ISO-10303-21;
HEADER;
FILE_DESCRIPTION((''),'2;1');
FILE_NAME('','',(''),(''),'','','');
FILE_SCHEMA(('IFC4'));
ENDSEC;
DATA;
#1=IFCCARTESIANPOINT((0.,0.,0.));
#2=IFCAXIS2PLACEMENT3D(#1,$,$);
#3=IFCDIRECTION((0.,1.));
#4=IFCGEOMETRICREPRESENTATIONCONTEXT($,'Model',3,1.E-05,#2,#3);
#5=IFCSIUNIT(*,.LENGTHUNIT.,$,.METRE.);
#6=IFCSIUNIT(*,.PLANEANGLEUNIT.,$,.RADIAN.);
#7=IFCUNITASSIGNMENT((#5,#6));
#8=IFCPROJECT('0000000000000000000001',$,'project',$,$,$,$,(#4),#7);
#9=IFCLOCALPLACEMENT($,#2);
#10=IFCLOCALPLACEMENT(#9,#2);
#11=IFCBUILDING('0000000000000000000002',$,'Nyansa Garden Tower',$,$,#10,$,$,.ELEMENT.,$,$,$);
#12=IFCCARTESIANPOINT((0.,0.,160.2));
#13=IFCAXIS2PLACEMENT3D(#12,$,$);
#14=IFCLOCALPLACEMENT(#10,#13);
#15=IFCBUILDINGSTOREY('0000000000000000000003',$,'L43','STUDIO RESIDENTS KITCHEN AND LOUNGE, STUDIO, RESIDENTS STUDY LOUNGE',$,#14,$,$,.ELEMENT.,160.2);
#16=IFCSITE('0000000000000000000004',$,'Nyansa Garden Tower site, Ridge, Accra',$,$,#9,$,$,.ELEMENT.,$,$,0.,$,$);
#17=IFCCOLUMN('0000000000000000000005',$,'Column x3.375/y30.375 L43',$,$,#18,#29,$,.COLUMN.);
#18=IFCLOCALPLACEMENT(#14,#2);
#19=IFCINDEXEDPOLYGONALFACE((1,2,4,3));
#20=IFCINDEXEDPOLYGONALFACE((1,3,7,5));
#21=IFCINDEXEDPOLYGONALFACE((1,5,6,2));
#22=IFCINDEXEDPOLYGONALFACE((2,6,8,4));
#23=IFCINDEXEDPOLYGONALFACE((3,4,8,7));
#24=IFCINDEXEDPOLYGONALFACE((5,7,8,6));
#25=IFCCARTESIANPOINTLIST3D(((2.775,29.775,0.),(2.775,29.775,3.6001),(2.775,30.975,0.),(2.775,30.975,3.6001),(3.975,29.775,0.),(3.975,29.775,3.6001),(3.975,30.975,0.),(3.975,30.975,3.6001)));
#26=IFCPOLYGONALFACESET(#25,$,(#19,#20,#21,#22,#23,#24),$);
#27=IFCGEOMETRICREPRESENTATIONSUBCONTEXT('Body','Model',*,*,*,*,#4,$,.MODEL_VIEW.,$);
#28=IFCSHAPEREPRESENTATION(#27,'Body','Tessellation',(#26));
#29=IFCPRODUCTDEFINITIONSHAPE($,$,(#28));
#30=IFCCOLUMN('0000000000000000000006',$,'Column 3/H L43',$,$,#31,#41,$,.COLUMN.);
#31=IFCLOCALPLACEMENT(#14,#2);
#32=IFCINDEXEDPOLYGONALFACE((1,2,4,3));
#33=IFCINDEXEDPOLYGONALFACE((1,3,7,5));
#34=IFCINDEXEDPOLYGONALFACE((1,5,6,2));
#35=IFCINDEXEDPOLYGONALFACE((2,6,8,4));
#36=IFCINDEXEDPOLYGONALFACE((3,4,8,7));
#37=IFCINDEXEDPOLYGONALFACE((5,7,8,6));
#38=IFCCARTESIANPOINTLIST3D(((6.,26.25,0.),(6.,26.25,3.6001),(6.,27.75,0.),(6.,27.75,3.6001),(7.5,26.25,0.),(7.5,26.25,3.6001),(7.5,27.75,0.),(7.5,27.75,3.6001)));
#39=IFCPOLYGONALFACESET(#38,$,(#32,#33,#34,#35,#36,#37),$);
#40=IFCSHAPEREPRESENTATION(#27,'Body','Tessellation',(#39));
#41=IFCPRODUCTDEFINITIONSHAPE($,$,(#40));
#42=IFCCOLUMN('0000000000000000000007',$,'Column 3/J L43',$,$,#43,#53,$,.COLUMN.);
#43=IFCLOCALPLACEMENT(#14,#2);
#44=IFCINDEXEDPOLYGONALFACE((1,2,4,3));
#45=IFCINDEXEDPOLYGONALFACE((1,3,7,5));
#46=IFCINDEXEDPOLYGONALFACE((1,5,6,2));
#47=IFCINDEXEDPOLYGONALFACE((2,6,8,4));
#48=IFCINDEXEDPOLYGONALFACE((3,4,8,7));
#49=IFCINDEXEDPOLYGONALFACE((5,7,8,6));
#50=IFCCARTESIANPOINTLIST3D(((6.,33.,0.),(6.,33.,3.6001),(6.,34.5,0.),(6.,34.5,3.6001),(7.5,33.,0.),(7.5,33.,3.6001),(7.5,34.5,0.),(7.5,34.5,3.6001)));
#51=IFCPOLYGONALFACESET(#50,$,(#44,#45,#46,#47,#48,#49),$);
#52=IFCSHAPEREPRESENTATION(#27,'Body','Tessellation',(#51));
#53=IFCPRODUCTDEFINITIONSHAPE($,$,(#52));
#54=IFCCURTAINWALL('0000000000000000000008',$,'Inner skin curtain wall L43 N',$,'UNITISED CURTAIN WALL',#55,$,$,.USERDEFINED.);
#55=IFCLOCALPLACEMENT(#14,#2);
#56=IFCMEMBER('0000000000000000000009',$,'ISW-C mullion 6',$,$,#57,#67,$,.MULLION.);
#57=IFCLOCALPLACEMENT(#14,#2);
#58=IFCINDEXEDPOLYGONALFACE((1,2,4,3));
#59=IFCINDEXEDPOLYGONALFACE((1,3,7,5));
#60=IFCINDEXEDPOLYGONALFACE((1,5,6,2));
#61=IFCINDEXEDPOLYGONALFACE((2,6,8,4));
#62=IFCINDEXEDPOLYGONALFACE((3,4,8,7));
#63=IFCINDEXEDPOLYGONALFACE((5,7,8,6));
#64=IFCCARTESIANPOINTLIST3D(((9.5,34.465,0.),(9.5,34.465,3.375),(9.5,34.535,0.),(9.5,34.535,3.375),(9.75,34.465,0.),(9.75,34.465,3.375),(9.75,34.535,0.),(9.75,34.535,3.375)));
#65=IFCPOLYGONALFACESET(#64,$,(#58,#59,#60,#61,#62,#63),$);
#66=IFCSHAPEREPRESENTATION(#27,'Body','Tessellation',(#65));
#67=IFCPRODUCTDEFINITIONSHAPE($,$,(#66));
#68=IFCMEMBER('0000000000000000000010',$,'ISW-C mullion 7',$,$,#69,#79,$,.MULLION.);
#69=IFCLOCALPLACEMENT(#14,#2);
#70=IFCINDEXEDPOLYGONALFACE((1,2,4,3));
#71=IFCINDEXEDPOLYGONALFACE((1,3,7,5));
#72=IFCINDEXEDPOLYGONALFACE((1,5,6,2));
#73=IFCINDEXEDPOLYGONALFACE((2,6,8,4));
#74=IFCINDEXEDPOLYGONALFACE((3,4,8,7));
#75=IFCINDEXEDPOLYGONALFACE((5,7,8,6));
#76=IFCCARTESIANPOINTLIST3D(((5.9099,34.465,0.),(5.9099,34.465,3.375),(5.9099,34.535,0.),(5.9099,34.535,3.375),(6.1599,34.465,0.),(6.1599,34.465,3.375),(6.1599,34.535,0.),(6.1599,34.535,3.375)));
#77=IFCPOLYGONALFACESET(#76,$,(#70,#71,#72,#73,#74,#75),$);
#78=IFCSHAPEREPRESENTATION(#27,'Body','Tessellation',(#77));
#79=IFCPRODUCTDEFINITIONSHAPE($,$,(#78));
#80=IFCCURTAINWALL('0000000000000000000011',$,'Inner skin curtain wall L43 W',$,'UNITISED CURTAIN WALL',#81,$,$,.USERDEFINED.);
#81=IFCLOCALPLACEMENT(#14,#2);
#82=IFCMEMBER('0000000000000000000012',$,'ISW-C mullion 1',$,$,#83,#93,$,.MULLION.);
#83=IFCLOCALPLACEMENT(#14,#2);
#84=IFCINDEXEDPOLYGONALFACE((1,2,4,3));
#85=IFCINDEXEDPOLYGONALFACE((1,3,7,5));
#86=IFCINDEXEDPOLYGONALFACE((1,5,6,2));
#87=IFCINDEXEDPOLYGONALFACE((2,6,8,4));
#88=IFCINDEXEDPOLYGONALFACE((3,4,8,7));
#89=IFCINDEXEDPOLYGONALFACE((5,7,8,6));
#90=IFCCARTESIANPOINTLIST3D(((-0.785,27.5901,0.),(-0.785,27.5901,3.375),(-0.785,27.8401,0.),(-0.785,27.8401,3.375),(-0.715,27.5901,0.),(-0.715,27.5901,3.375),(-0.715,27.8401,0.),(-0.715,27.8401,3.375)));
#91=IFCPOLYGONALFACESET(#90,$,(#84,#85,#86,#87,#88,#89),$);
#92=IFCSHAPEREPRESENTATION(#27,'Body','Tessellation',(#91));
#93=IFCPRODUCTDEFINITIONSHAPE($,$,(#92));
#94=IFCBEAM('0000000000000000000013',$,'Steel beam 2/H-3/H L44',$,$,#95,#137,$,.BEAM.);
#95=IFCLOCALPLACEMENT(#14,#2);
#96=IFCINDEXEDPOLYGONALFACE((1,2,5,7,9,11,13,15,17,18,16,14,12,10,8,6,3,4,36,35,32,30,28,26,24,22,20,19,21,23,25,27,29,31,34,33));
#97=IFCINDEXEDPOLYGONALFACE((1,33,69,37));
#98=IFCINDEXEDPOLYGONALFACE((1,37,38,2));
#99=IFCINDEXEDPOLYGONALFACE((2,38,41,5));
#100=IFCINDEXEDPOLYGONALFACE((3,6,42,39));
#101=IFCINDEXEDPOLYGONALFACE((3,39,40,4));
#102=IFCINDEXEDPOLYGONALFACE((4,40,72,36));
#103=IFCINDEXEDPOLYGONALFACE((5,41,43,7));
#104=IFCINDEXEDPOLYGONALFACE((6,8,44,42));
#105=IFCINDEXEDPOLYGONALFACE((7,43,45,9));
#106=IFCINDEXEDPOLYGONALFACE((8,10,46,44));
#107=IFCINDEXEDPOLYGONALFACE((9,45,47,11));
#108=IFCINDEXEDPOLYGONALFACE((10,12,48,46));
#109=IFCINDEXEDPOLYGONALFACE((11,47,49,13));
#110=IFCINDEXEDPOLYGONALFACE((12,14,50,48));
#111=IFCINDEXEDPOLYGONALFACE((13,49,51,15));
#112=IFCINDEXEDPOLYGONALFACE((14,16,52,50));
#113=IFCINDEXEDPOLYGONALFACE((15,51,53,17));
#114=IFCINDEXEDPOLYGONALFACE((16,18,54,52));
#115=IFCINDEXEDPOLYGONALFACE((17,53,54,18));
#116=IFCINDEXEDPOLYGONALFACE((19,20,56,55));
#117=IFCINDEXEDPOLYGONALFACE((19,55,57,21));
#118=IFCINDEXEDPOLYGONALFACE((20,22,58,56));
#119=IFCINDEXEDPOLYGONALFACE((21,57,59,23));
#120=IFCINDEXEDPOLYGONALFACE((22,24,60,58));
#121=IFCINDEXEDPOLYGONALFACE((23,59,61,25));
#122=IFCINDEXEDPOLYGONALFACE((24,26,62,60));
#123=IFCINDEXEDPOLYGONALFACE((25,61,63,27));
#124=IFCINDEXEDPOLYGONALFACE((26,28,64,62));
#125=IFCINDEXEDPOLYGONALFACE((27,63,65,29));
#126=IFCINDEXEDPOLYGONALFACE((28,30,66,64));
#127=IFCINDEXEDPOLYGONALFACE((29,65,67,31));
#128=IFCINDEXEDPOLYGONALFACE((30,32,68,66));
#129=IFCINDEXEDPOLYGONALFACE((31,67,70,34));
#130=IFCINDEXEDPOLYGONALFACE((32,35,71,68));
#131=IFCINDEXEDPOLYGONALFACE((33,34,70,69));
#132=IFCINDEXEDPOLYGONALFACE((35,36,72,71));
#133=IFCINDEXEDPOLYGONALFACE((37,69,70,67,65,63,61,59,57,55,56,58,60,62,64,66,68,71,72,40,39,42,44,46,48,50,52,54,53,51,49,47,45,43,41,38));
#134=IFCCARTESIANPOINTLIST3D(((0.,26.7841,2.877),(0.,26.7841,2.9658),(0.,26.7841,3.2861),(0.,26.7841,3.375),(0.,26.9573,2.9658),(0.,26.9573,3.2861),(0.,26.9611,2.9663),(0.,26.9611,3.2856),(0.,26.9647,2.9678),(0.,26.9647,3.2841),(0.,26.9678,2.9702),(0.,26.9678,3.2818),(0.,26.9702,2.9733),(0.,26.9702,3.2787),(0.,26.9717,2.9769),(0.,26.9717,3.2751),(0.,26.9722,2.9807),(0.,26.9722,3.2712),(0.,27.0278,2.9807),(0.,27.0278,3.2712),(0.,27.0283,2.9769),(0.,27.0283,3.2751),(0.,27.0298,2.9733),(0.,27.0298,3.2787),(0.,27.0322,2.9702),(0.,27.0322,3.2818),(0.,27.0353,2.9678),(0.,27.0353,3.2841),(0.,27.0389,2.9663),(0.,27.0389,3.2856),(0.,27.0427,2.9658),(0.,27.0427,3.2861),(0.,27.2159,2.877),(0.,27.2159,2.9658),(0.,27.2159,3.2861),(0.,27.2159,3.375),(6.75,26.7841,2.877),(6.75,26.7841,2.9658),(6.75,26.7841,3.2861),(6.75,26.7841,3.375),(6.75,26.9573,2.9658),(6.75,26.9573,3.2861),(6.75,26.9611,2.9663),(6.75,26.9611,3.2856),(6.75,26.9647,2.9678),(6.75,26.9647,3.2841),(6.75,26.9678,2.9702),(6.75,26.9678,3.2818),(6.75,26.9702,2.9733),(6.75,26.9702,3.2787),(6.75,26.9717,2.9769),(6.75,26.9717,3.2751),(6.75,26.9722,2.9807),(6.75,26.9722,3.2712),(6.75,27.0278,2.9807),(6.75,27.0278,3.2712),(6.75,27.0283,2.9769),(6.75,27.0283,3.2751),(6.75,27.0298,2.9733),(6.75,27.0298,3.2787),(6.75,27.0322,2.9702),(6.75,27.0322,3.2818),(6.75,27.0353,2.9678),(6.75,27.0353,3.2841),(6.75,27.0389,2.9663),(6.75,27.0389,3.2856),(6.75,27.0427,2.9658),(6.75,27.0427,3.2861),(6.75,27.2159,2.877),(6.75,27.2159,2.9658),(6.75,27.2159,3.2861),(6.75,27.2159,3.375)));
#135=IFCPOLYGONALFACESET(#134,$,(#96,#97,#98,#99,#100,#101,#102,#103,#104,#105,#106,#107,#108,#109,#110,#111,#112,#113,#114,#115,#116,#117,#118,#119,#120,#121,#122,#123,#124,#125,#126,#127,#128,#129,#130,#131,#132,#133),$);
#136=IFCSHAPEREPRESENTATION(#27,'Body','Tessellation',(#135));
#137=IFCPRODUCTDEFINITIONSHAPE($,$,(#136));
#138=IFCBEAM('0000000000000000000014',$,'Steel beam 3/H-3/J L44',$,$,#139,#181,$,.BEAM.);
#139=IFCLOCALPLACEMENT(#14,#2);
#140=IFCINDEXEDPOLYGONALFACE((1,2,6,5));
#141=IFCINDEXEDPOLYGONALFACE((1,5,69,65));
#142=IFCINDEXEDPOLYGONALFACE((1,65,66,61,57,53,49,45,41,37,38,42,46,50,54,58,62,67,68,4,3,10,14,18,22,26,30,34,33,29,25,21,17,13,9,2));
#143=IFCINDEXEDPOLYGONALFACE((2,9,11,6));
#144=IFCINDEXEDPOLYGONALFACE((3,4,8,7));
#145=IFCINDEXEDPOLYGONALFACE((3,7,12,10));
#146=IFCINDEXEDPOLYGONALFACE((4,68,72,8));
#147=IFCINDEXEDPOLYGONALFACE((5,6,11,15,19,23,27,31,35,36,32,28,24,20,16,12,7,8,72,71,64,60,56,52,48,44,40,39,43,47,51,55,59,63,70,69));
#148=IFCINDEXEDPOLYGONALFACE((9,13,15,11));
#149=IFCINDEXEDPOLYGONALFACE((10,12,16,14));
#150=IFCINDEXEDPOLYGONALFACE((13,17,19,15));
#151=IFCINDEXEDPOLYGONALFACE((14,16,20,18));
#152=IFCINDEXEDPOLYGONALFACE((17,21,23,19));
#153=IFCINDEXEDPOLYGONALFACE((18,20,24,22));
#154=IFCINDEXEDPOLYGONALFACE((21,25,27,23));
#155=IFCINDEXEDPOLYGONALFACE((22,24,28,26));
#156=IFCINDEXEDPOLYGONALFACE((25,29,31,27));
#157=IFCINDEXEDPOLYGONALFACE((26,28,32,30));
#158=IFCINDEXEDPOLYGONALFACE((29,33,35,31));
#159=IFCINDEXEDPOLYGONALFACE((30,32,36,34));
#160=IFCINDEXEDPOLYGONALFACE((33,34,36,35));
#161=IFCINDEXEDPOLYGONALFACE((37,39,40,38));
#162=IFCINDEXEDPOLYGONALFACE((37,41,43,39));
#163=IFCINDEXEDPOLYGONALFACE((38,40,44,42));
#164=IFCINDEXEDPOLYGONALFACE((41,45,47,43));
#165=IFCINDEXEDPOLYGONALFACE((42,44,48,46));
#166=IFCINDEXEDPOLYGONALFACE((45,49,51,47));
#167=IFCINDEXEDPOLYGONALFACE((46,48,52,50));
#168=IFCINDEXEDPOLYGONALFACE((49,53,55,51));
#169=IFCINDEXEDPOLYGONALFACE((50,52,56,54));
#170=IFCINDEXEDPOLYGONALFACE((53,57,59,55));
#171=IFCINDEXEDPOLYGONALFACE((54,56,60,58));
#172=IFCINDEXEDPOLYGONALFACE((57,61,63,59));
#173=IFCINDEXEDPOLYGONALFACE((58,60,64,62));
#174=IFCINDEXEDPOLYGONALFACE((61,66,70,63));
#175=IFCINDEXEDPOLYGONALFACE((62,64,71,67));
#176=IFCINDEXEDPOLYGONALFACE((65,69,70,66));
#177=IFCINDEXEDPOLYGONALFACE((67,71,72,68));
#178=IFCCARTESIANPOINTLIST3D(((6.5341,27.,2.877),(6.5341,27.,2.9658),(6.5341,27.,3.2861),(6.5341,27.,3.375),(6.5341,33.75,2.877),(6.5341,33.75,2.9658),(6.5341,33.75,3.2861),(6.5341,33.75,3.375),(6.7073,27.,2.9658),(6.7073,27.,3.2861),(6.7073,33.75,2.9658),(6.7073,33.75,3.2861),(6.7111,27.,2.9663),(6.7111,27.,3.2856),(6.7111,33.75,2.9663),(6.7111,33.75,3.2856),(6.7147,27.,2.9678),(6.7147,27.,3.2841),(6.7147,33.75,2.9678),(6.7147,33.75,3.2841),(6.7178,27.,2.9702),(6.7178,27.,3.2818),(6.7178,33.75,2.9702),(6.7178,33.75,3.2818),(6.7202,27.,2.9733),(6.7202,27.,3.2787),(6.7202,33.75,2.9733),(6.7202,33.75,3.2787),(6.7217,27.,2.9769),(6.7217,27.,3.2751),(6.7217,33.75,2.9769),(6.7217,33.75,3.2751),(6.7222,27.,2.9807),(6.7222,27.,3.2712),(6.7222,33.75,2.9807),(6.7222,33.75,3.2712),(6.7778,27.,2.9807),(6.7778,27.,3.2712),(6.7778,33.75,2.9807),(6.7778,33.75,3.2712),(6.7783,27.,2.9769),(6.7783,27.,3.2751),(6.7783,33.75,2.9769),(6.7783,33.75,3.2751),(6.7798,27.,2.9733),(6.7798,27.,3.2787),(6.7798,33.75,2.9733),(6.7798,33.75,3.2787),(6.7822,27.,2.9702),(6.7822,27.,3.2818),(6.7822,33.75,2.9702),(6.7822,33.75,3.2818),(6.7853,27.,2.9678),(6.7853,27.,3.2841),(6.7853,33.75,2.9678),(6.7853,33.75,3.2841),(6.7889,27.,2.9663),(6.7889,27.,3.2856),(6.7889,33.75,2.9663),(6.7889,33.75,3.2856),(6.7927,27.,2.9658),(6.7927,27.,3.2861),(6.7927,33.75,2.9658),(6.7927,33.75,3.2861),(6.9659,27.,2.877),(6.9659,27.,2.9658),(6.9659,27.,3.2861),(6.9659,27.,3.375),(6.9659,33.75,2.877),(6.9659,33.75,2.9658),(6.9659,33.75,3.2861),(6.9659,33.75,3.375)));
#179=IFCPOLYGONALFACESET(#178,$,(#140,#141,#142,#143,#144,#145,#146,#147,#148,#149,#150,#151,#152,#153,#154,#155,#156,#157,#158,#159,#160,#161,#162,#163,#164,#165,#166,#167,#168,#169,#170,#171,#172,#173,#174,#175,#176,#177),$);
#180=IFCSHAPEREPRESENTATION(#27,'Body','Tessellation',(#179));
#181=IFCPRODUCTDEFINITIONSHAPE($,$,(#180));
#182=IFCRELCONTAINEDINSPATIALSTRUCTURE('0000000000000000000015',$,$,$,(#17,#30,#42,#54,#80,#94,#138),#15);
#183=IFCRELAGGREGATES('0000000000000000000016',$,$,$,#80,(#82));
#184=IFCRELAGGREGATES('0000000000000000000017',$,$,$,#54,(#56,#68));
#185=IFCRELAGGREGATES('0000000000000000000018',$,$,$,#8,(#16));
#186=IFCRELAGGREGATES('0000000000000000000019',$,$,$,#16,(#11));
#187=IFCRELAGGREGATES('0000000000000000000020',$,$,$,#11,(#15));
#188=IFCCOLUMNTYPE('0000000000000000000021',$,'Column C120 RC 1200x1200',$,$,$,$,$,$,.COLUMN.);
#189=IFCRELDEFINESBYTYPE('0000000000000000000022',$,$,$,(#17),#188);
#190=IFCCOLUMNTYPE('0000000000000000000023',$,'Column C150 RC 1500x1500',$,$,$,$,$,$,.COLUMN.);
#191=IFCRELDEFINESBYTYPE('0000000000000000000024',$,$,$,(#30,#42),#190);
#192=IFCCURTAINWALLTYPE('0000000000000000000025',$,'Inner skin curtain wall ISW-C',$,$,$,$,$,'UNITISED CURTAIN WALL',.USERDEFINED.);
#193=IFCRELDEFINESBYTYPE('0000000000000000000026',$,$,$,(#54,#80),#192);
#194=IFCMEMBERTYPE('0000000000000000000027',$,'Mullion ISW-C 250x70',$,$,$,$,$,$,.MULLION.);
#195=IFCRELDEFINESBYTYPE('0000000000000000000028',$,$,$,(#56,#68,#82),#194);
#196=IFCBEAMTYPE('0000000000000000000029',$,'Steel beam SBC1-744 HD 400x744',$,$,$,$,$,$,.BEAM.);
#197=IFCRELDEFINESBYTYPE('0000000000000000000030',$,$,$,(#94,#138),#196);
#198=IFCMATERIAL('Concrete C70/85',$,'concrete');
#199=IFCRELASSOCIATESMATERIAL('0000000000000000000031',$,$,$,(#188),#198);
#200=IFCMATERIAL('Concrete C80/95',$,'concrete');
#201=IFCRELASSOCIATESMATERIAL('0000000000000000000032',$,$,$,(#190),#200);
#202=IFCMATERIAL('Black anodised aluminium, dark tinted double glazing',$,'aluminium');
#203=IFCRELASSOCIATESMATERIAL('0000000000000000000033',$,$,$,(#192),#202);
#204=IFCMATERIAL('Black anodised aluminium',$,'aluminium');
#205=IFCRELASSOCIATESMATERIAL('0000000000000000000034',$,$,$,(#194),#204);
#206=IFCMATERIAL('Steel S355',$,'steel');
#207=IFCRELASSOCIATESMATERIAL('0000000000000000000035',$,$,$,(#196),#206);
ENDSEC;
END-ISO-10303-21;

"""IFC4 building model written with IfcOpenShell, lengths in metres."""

from ifc_helpers import new_model, si_unit, direction, frame, origin, origin_2d, place, context, subcontext, project, spatial, rectangle, i_section, extrude, material, material_profile, profile_set, type_object, element, aggregate, save


model = new_model("IFC4")

# Units and contexts
model_context = context("Model", 3, precision=1e-05, world=origin(), true_north=direction((0.0, 1.0)))
body_context = subcontext(model_context, "Body", "Model", "MODEL_VIEW")
ifc_project = project(units=[si_unit("LENGTHUNIT", "METRE"), si_unit("PLANEANGLEUNIT", "RADIAN")], contexts=[model_context])

# Site, building, storey
site_placement = place(None, origin())
site = spatial("IfcSite", under=ifc_project, at=site_placement, Name="Nyansa Garden Tower site, Ridge, Accra", CompositionType="ELEMENT", RefElevation=0.0)
building_placement = place(site_placement, origin())
building = spatial("IfcBuilding", under=site, at=building_placement, Name="Nyansa Garden Tower", CompositionType="ELEMENT")
storey_placement = place(building_placement, frame((0.0, 0.0, 160.2)))
storey = spatial("IfcBuildingStorey", under=building, at=storey_placement, Name="L43", Description="STUDIO RESIDENTS KITCHEN AND LOUNGE, STUDIO, RESIDENTS STUDY LOUNGE", CompositionType="ELEMENT", Elevation=160.2)

# Columns
ifc_material_1 = material(Name="Concrete C70/85", Category="concrete")
ifc_material_profile_1 = material_profile(ifc_material_1, rectangle(XDim=1.2, YDim=1.2, at=origin_2d()), Name="RC 1200x1200")
ifc_profile_set_1 = profile_set([ifc_material_profile_1], Name="Concrete C70/85")
column_type_1 = type_object("IfcColumnType", Name="Column C120 RC 1200x1200", PredefinedType="COLUMN", material=ifc_profile_set_1)
column_placement = place(storey_placement, frame((3.375, 30.375, 0.0), z_axis=(0.0, 0.0, 1.0), x_axis=(1.0, 0.0, 0.0)))
element("IfcColumn", 1, at=column_placement, inside=storey, type_object=column_type_1, Name="Column x3.375/y30.375 L43", PredefinedType="COLUMN", context=body_context, shape_type="SweptSolid", body=[
    extrude(rectangle(XDim=1.2, YDim=1.2, at=origin_2d()), origin(), (0.0, 0.0, 1.0), 3.6001),
])
ifc_material_2 = material(Name="Concrete C80/95", Category="concrete")
ifc_material_profile_2 = material_profile(ifc_material_2, rectangle(XDim=1.5, YDim=1.5, at=origin_2d()), Name="RC 1500x1500")
ifc_profile_set_2 = profile_set([ifc_material_profile_2], Name="Concrete C80/95")
column_type_2 = type_object("IfcColumnType", Name="Column C150 RC 1500x1500", PredefinedType="COLUMN", material=ifc_profile_set_2)
for number, where, z_axis, x_axis, name in (
    (2, (6.75, 27.0, 0.0), (0.0, 0.0, 1.0), (1.0, 0.0, 0.0), "Column 3/H L43"),
    (3, (6.75, 33.75, 0.0), (0.0, 0.0, 1.0), (1.0, 0.0, 0.0), "Column 3/J L43"),
):
    element("IfcColumn", number, at=place(storey_placement, frame(where, z_axis=z_axis, x_axis=x_axis)), inside=storey, type_object=column_type_2, Name=name, PredefinedType="COLUMN", context=body_context, shape_type="SweptSolid", body=[
        extrude(rectangle(XDim=1.5, YDim=1.5, at=origin_2d()), origin(), (0.0, 0.0, 1.0), 3.6001),
    ])

# Curtain wall, members
ifc_material_3 = material(Name="Black anodised aluminium, dark tinted double glazing", Category="aluminium")
curtain_wall_type = type_object("IfcCurtainWallType", Name="Inner skin curtain wall ISW-C", ElementType="UNITISED CURTAIN WALL", PredefinedType="USERDEFINED", material=ifc_material_3)
curtain_wall_1_placement = place(storey_placement, origin())
curtain_wall_1 = element("IfcCurtainWall", 4, at=curtain_wall_1_placement, inside=storey, type_object=curtain_wall_type, Name="Inner skin curtain wall L43 N", ObjectType="UNITISED CURTAIN WALL", PredefinedType="USERDEFINED")
ifc_material_4 = material(Name="Black anodised aluminium", Category="aluminium")
ifc_material_profile_3 = material_profile(ifc_material_4, rectangle(XDim=0.0701, YDim=0.25, at=origin_2d()), Name="Mullion 250x70")
ifc_profile_set_3 = profile_set([ifc_material_profile_3], Name="Black anodised aluminium")
member_type_1 = type_object("IfcMemberType", Name="Mullion ISW-C 250x70", PredefinedType="MULLION", material=ifc_profile_set_3)
member_1_placement = place(storey_placement, frame((9.625, 34.5, 0.0), z_axis=(0.0, 0.0, 1.0), x_axis=(0.0, -1.0, 0.0)))
member_1 = element("IfcMember", 5, at=member_1_placement, type_object=member_type_1, Name="ISW-C mullion 6", PredefinedType="MULLION", context=body_context, shape_type="SweptSolid", body=[
    extrude(rectangle(XDim=0.0701, YDim=0.25, at=origin_2d()), origin(), (0.0, 0.0, 1.0), 3.375),
])
member_2_placement = place(storey_placement, frame((6.0349, 34.5, 0.0), z_axis=(0.0, 0.0, 1.0), x_axis=(0.0, -1.0, 0.0)))
member_2 = element("IfcMember", 6, at=member_2_placement, type_object=member_type_1, Name="ISW-C mullion 7", PredefinedType="MULLION", context=body_context, shape_type="SweptSolid", body=[
    extrude(rectangle(XDim=0.0701, YDim=0.25, at=origin_2d()), origin(), (0.0, 0.0, 1.0), 3.375),
])

# Curtain wall, member
curtain_wall_2_placement = place(storey_placement, origin())
curtain_wall_2 = element("IfcCurtainWall", 7, at=curtain_wall_2_placement, inside=storey, type_object=curtain_wall_type, Name="Inner skin curtain wall L43 W", ObjectType="UNITISED CURTAIN WALL", PredefinedType="USERDEFINED")
member_3_placement = place(storey_placement, frame((-0.75, 27.7151, 0.0), z_axis=(0.0, 0.0, 1.0), x_axis=(1.0, 0.0, 0.0)))
member_3 = element("IfcMember", 8, at=member_3_placement, type_object=member_type_1, Name="ISW-C mullion 1", PredefinedType="MULLION", context=body_context, shape_type="SweptSolid", body=[
    extrude(rectangle(XDim=0.0701, YDim=0.25, at=origin_2d()), origin(), (0.0, 0.0, 1.0), 3.375),
])

# Beams
ifc_material_5 = material(Name="Steel S355", Category="steel")
ifc_material_profile_4 = material_profile(ifc_material_5, i_section(OverallWidth=0.4319, OverallDepth=0.498, WebThickness=0.0557, FlangeThickness=0.0889, FilletRadius=0.0149, at=origin_2d()), Name="HD 400x744")
ifc_profile_set_4 = profile_set([ifc_material_profile_4], Name="Steel S355")
beam_type_1 = type_object("IfcBeamType", Name="Steel beam SBC1-744 HD 400x744", PredefinedType="BEAM", material=ifc_profile_set_4)
for number, where, z_axis, x_axis, name in (
    (9, (0.0, 27.0, 3.126), (1.0, 0.0, 0.0), (0.0, 1.0, 0.0), "Steel beam 2/H-3/H L44"),
    (10, (6.75, 27.0, 3.126), (0.0, 1.0, 0.0), (-1.0, 0.0, 0.0), "Steel beam 3/H-3/J L44"),
):
    element("IfcBeam", number, at=place(storey_placement, frame(where, z_axis=z_axis, x_axis=x_axis)), inside=storey, type_object=beam_type_1, Name=name, PredefinedType="BEAM", context=body_context, shape_type="SweptSolid", body=[
        extrude(i_section(OverallWidth=0.4319, OverallDepth=0.498, WebThickness=0.0557, FlangeThickness=0.0889, FilletRadius=0.0149, at=origin_2d()), origin(), (0.0, 0.0, 1.0), 6.75),
    ])

aggregate(curtain_wall_2, [member_3])

aggregate(curtain_wall_1, [member_1, member_2])

save(model, "model.ifc")
